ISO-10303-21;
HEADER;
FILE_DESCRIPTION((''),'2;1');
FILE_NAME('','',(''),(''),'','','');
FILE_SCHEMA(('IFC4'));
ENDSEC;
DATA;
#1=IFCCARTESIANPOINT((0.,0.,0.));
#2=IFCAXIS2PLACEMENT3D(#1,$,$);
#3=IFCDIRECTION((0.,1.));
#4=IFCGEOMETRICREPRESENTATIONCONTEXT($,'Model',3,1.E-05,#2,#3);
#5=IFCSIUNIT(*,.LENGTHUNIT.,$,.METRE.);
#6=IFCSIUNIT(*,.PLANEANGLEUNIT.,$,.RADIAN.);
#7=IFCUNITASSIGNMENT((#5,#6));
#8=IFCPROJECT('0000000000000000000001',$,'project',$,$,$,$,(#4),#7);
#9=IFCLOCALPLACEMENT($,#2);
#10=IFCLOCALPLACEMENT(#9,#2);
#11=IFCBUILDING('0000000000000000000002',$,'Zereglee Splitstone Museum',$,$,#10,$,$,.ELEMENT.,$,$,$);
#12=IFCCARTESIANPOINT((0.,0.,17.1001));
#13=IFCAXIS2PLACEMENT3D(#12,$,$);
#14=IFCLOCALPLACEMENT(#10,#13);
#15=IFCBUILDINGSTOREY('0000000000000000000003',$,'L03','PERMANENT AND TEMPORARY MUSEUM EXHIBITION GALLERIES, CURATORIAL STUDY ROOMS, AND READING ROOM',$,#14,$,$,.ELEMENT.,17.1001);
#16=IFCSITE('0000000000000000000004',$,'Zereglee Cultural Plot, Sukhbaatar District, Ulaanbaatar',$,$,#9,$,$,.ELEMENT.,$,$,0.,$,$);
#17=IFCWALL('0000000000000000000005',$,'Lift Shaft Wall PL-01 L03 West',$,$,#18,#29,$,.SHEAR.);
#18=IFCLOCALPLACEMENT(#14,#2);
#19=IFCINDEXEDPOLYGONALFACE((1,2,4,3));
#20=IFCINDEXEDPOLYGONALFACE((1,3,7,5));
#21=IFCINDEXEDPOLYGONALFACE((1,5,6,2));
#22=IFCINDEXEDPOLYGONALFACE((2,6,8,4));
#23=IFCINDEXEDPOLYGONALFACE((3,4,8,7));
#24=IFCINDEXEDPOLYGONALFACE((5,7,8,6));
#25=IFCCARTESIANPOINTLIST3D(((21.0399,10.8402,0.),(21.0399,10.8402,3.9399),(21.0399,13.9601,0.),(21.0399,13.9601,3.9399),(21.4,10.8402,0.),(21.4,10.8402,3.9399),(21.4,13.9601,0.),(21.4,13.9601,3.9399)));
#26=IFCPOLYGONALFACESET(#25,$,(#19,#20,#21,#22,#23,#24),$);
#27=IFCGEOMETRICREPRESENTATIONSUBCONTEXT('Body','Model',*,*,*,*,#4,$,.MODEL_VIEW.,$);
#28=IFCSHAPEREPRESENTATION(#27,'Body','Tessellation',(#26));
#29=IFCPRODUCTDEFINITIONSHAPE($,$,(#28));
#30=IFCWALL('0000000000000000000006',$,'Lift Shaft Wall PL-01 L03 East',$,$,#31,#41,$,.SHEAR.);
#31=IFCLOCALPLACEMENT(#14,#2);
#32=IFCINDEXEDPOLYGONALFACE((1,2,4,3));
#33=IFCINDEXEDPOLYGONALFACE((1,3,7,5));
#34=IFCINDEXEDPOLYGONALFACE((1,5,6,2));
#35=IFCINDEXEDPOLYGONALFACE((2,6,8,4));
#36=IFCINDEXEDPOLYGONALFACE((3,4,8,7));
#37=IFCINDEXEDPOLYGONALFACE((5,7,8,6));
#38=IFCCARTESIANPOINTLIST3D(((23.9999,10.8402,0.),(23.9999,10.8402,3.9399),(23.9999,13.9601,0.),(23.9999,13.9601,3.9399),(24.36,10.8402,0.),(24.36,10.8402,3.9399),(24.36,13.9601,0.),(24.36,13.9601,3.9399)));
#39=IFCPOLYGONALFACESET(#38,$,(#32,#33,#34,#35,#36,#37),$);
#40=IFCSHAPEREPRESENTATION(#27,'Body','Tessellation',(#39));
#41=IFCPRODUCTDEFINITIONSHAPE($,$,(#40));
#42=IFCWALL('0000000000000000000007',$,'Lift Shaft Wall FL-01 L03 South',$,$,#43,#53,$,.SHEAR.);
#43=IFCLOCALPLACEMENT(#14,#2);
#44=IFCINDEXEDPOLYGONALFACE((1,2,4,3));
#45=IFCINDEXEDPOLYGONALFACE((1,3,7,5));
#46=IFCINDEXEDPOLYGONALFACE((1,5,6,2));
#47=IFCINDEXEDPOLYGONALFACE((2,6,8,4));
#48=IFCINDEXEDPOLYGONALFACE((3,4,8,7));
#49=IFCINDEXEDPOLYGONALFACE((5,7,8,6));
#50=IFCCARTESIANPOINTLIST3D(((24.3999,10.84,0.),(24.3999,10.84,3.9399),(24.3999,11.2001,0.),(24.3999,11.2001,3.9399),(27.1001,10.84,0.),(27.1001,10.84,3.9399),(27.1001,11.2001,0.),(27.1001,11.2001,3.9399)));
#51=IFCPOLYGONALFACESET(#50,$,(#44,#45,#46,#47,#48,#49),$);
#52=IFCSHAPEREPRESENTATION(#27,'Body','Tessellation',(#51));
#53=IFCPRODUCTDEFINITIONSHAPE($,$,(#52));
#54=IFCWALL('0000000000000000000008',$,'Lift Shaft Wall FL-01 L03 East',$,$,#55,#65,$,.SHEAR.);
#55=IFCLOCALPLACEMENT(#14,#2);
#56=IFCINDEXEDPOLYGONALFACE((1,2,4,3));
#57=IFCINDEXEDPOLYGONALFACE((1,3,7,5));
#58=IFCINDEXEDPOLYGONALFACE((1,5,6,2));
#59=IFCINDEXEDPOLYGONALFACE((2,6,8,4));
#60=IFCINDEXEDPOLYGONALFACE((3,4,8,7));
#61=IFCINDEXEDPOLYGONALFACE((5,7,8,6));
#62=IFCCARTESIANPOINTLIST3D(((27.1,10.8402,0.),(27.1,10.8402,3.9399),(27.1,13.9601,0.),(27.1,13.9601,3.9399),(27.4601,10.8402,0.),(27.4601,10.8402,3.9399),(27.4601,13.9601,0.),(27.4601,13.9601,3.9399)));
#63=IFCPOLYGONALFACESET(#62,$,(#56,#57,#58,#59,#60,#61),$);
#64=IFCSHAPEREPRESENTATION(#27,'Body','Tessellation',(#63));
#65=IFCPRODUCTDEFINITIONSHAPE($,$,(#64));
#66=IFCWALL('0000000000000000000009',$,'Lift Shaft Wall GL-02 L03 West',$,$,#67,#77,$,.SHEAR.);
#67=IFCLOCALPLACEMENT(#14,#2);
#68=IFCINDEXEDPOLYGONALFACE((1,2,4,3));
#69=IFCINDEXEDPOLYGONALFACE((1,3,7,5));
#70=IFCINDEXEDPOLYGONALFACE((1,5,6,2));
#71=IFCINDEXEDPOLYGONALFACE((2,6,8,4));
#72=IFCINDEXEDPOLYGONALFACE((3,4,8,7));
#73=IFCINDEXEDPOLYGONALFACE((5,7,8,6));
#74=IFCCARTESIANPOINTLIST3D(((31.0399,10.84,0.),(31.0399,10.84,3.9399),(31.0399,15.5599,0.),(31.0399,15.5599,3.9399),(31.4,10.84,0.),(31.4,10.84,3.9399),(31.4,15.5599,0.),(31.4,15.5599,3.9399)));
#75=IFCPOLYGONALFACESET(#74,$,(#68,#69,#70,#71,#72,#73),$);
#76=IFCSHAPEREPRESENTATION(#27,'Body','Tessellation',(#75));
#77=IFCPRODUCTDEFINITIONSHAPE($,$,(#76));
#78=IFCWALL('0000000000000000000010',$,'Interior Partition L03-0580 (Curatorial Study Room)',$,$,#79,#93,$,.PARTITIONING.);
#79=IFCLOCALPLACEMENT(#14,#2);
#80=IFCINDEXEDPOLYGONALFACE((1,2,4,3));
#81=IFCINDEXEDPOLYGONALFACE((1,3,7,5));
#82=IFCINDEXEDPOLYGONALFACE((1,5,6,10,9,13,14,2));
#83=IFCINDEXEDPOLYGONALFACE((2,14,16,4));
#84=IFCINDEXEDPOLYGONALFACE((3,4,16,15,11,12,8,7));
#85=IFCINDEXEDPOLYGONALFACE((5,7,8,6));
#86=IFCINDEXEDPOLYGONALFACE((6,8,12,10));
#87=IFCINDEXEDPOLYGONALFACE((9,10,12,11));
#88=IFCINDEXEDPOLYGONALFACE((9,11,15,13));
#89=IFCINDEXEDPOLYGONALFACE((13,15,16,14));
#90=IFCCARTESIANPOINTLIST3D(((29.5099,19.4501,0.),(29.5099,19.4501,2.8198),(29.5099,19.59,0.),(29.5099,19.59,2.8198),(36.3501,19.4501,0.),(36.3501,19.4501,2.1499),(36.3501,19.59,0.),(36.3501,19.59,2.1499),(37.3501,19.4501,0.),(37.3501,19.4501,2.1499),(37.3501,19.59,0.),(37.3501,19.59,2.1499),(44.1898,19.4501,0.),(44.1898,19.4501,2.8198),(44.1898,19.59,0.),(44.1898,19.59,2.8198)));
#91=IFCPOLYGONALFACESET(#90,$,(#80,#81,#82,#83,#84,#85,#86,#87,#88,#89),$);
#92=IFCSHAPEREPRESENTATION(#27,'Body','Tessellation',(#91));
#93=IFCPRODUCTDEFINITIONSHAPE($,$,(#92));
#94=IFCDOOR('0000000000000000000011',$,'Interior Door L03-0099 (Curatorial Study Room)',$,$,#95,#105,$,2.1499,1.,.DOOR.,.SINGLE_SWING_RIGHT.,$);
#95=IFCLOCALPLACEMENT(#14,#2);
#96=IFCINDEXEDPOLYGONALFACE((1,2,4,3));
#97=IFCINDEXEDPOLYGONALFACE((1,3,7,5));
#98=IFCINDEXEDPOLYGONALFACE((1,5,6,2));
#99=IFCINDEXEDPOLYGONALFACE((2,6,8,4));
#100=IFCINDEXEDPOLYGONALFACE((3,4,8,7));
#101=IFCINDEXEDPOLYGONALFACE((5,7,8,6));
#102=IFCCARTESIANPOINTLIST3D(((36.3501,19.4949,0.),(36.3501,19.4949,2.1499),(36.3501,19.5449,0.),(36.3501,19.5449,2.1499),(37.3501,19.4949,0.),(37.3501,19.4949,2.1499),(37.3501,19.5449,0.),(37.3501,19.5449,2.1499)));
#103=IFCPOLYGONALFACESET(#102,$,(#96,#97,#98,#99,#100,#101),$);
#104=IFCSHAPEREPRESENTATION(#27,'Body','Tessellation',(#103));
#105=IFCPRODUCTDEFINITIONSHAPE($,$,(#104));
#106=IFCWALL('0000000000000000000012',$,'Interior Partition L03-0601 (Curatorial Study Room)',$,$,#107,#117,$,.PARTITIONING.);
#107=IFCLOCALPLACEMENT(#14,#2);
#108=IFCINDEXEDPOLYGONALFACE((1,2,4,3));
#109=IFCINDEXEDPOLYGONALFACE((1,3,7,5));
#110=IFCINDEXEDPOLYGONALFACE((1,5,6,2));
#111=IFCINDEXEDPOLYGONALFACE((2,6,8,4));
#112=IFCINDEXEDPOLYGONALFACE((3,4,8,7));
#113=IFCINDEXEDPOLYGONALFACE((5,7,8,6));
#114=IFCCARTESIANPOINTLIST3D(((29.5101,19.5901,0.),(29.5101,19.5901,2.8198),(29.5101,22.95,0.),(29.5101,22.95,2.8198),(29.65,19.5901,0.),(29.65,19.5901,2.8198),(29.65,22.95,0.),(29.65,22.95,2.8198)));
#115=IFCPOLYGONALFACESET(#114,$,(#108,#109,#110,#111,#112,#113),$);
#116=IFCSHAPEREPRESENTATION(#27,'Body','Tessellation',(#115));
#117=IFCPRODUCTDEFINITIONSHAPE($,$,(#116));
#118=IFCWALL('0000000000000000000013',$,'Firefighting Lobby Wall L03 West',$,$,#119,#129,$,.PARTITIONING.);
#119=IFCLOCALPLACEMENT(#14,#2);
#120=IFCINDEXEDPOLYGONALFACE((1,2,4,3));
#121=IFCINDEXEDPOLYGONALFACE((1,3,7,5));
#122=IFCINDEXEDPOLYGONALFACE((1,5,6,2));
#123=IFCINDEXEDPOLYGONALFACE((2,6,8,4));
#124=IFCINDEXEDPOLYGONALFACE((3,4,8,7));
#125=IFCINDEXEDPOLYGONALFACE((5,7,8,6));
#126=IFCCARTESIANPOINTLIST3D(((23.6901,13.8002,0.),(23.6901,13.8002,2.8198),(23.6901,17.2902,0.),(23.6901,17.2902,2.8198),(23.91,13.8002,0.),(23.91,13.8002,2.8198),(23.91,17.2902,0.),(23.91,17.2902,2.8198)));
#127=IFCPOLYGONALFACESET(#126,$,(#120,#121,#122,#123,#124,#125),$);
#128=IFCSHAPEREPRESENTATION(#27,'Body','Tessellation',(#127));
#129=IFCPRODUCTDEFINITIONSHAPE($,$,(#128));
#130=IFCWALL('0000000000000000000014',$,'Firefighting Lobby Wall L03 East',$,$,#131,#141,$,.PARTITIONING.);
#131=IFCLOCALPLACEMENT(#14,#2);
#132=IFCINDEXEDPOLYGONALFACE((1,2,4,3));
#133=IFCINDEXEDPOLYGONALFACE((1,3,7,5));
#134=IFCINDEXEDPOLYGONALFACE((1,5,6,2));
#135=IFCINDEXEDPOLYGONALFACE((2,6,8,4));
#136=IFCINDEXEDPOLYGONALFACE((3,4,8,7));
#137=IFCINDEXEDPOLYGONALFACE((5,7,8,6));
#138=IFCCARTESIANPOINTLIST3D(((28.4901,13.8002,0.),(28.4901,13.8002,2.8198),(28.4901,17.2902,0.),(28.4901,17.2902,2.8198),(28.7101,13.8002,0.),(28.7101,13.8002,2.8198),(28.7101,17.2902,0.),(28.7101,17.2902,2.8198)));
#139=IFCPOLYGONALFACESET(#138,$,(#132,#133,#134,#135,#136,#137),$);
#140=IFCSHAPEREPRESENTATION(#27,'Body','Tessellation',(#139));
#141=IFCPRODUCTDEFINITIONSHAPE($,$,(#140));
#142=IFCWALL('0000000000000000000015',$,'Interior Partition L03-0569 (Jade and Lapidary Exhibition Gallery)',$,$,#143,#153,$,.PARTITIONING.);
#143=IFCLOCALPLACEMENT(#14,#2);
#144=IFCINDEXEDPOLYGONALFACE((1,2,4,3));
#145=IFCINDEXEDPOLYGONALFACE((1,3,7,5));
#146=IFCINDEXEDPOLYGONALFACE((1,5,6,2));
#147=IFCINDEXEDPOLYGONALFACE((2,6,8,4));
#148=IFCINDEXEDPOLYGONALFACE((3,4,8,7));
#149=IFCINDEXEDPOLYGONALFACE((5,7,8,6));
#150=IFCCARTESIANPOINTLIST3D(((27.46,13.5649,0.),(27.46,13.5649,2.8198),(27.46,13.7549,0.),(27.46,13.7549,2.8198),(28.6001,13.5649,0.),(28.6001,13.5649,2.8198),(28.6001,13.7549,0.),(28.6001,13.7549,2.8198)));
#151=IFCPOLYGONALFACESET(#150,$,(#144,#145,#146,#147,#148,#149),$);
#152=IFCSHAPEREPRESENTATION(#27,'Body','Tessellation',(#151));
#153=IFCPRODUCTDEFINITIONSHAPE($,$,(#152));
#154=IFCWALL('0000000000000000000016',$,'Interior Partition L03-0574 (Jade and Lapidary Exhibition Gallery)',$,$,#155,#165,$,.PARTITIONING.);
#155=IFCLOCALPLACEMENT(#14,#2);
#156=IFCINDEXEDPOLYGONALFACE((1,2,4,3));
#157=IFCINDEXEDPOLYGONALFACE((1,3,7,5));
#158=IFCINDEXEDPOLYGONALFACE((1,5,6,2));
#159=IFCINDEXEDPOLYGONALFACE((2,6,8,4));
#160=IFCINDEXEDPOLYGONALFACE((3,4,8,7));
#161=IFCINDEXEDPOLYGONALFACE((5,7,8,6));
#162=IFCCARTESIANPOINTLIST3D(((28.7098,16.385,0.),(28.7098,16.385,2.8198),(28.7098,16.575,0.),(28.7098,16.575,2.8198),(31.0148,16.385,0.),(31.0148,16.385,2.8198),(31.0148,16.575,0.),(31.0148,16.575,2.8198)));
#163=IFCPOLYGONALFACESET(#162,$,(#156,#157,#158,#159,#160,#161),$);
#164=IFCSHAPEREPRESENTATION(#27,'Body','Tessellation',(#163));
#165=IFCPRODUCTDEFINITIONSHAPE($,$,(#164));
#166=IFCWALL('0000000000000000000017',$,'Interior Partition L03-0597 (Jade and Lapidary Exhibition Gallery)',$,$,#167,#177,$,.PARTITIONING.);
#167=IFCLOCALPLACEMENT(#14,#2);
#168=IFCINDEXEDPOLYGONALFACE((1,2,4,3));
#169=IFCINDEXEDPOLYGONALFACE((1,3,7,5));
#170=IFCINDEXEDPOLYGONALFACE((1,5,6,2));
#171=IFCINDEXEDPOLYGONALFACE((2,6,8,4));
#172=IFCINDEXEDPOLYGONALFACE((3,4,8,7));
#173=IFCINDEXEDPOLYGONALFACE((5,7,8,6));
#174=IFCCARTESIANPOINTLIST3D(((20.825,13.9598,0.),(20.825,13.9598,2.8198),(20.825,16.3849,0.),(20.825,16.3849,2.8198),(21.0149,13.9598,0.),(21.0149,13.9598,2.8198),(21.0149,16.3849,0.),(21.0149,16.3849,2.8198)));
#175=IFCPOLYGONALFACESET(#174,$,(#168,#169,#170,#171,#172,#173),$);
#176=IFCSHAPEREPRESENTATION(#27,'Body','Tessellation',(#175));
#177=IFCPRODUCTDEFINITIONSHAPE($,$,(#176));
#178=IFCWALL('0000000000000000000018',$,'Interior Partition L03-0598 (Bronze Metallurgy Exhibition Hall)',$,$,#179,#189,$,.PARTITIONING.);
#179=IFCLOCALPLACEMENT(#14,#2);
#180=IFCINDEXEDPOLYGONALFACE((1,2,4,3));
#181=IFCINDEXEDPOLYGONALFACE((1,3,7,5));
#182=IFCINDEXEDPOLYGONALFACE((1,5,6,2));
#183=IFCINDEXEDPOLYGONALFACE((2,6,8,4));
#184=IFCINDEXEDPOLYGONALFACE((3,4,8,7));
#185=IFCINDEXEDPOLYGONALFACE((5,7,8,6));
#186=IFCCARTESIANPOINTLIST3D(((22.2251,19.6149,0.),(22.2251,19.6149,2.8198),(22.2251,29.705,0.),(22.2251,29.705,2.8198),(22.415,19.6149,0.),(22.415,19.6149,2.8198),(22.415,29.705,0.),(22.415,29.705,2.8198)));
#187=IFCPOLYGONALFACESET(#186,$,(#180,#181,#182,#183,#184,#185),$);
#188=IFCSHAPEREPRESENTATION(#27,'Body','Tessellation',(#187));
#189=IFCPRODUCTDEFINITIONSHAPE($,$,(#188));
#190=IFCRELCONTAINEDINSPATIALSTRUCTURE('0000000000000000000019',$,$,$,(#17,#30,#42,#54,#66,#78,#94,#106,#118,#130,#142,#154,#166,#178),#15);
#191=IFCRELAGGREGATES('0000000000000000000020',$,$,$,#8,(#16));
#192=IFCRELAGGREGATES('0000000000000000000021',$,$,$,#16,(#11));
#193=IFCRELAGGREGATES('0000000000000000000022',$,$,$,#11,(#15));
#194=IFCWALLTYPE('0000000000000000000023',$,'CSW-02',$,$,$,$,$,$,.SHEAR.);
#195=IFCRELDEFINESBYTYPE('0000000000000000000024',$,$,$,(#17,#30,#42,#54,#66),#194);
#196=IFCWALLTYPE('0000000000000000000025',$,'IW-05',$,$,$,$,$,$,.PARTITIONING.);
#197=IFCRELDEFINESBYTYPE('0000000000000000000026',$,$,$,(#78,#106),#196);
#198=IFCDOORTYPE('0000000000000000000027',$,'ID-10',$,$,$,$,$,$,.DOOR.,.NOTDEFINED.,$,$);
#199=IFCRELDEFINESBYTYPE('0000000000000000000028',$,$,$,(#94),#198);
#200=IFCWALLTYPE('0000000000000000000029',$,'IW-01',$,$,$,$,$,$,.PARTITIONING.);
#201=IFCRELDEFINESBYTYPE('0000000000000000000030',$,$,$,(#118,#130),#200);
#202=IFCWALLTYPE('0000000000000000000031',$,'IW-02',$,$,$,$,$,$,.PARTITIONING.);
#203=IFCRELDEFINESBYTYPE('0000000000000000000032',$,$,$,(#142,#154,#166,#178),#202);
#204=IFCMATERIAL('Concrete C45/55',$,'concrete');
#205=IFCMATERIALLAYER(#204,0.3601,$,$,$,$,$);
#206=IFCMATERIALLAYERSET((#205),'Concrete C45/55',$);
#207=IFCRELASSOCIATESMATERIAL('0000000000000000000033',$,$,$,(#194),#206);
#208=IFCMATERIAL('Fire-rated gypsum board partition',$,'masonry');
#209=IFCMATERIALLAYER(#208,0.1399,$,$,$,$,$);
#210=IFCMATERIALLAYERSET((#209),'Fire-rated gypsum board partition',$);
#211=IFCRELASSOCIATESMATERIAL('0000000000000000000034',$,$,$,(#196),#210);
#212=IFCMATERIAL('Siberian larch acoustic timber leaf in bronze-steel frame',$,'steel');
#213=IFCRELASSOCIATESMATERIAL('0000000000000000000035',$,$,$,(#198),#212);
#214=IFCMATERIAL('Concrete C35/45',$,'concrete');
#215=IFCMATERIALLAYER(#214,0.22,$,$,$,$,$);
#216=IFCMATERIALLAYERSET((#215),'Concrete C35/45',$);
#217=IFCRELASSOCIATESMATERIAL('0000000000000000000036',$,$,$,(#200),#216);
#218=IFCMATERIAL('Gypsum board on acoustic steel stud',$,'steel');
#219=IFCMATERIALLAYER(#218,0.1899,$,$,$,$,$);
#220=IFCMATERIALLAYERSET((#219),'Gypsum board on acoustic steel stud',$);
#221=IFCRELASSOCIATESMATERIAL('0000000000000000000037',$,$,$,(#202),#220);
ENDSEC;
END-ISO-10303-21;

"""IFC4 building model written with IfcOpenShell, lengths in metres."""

from ifc_helpers import new_model, si_unit, direction, frame, frame_2d, origin, place, context, subcontext, project, spatial, rectangle, extrude, material, layer, layer_set, type_object, element, fill, save


model = new_model("IFC4")

# Units and contexts
model_context = context("Model", 3, precision=1e-05, world=origin(), true_north=direction((0.0, 1.0)))
body_context = subcontext(model_context, "Body", "Model", "MODEL_VIEW")
ifc_project = project(units=[si_unit("LENGTHUNIT", "METRE"), si_unit("PLANEANGLEUNIT", "RADIAN")], contexts=[model_context])

# Site, building, storey
site_placement = place(None, origin())
site = spatial("IfcSite", under=ifc_project, at=site_placement, Name="Zereglee Cultural Plot, Sukhbaatar District, Ulaanbaatar", CompositionType="ELEMENT", RefElevation=0.0)
building_placement = place(site_placement, origin())
building = spatial("IfcBuilding", under=site, at=building_placement, Name="Zereglee Splitstone Museum", CompositionType="ELEMENT")
storey_placement = place(building_placement, frame((0.0, 0.0, 17.1001)))
storey = spatial("IfcBuildingStorey", under=building, at=storey_placement, Name="L03", Description="PERMANENT AND TEMPORARY MUSEUM EXHIBITION GALLERIES, CURATORIAL STUDY ROOMS, AND READING ROOM", CompositionType="ELEMENT", Elevation=17.1001)

# Shared definitions
ifc_material_1 = material(Name="Concrete C45/55", Category="concrete")
ifc_layer_1 = layer(ifc_material_1, 0.3601)
ifc_layer_set_1 = layer_set([ifc_layer_1], Name="Concrete C45/55")
wall_type_1 = type_object("IfcWallType", Name="CSW-02", PredefinedType="SHEAR", material=ifc_layer_set_1)

# Walls
for number, where, z_axis, x_axis, name in (
    (1, (21.22, 10.8401, 0.0), (0.0, 0.0, 1.0), (0.0, 1.0, 0.0), "Lift Shaft Wall PL-01 L03 West"),
    (2, (24.1799, 10.8401, 0.0), (0.0, 0.0, 1.0), (0.0, 1.0, 0.0), "Lift Shaft Wall PL-01 L03 East"),
):
    element("IfcWall", number, at=place(storey_placement, frame(where, z_axis=z_axis, x_axis=x_axis)), inside=storey, type_object=wall_type_1, Name=name, PredefinedType="SHEAR", context=body_context, shape_type="SweptSolid", body=[
        extrude(rectangle(XDim=3.1199, YDim=0.3601, at=frame_2d((1.5601, 0.0))), origin(), (0.0, 0.0, 1.0), 3.9399),
    ])

# Walls
wall_1_placement = place(storey_placement, frame((24.3999, 11.02, 0.0), z_axis=(0.0, 0.0, 1.0), x_axis=(1.0, 0.0, 0.0)))
element("IfcWall", 3, at=wall_1_placement, inside=storey, type_object=wall_type_1, Name="Lift Shaft Wall FL-01 L03 South", PredefinedType="SHEAR", context=body_context, shape_type="SweptSolid", body=[
    extrude(rectangle(XDim=2.7002, YDim=0.3601, at=frame_2d((1.3501, 0.0))), origin(), (0.0, 0.0, 1.0), 3.9399),
])
wall_2_placement = place(storey_placement, frame((27.28, 10.8401, 0.0), z_axis=(0.0, 0.0, 1.0), x_axis=(0.0, 1.0, 0.0)))
element("IfcWall", 4, at=wall_2_placement, inside=storey, type_object=wall_type_1, Name="Lift Shaft Wall FL-01 L03 East", PredefinedType="SHEAR", context=body_context, shape_type="SweptSolid", body=[
    extrude(rectangle(XDim=3.1199, YDim=0.3601, at=frame_2d((1.5601, 0.0))), origin(), (0.0, 0.0, 1.0), 3.9399),
])
wall_3_placement = place(storey_placement, frame((31.22, 10.8401, 0.0), z_axis=(0.0, 0.0, 1.0), x_axis=(0.0, 1.0, 0.0)))
element("IfcWall", 5, at=wall_3_placement, inside=storey, type_object=wall_type_1, Name="Lift Shaft Wall GL-02 L03 West", PredefinedType="SHEAR", context=body_context, shape_type="SweptSolid", body=[
    extrude(rectangle(XDim=4.72, YDim=0.3601, at=frame_2d((2.3599, 0.0))), origin(), (0.0, 0.0, 1.0), 3.9399),
])

# Wall, opening, door
ifc_material_2 = material(Name="Fire-rated gypsum board partition", Category="masonry")
ifc_layer_2 = layer(ifc_material_2, 0.1399)
ifc_layer_set_2 = layer_set([ifc_layer_2], Name="Fire-rated gypsum board partition")
wall_type_2 = type_object("IfcWallType", Name="IW-05", PredefinedType="PARTITIONING", material=ifc_layer_set_2)
wall_4_placement = place(storey_placement, frame((29.51, 19.52, 0.0), z_axis=(0.0, 0.0, 1.0), x_axis=(1.0, 0.0, 0.0)))
wall_4 = element("IfcWall", 6, at=wall_4_placement, inside=storey, type_object=wall_type_2, Name="Interior Partition L03-0580 (Curatorial Study Room)", PredefinedType="PARTITIONING", context=body_context, shape_type="SweptSolid", body=[
    extrude(rectangle(XDim=14.6799, YDim=0.1399, at=frame_2d((7.3398, 0.0))), origin(), (0.0, 0.0, 1.0), 2.8198),
])
opening_1_placement = place(wall_4_placement, frame((6.8401, 0.0, 0.0)))
opening_1 = element("IfcOpeningElement", 7, at=opening_1_placement, cuts=wall_4, PredefinedType="OPENING", context=body_context, shape_type="SweptSolid", body=[
    extrude(rectangle(XDim=1.0, YDim=2.1499, at=frame_2d((0.5, 1.075))), frame((0.0, 0.085, 0.0), z_axis=(0.0, -1.0, 0.0), x_axis=(1.0, 0.0, 0.0)), (0.0, 0.0, 1.0), 0.1697),
])
ifc_material_3 = material(Name="Siberian larch acoustic timber leaf in bronze-steel frame", Category="steel")
door_type_1 = type_object("IfcDoorType", Name="ID-10", OperationType="NOTDEFINED", PredefinedType="DOOR", material=ifc_material_3)
door_1_placement = place(opening_1_placement, origin())
door_1 = element("IfcDoor", 8, at=door_1_placement, inside=storey, type_object=door_type_1, Name="Interior Door L03-0099 (Curatorial Study Room)", OperationType="SINGLE_SWING_RIGHT", OverallHeight=2.1499, OverallWidth=1.0, PredefinedType="DOOR", context=body_context, shape_type="SweptSolid", body=[
    extrude(rectangle(XDim=1.0, YDim=2.1499, at=frame_2d((0.5, 1.075))), frame((0.0, 0.0249, 0.0), z_axis=(0.0, -1.0, 0.0), x_axis=(1.0, 0.0, 0.0)), (0.0, 0.0, 1.0), 0.05),
])
fill(opening_1, door_1)

# Wall
wall_5_placement = place(storey_placement, frame((29.5801, 19.5901, 0.0), z_axis=(0.0, 0.0, 1.0), x_axis=(0.0, 1.0, 0.0)))
element("IfcWall", 9, at=wall_5_placement, inside=storey, type_object=wall_type_2, Name="Interior Partition L03-0601 (Curatorial Study Room)", PredefinedType="PARTITIONING", context=body_context, shape_type="SweptSolid", body=[
    extrude(rectangle(XDim=3.3599, YDim=0.1399, at=frame_2d((1.6799, 0.0))), origin(), (0.0, 0.0, 1.0), 2.8198),
])

# Shared definitions
ifc_material_4 = material(Name="Concrete C35/45", Category="concrete")
ifc_layer_3 = layer(ifc_material_4, 0.22)
ifc_layer_set_3 = layer_set([ifc_layer_3], Name="Concrete C35/45")
wall_type_3 = type_object("IfcWallType", Name="IW-01", PredefinedType="PARTITIONING", material=ifc_layer_set_3)

# Walls
for number, where, z_axis, x_axis, name in (
    (10, (23.8, 13.8, 0.0), (0.0, 0.0, 1.0), (0.0, 1.0, 0.0), "Firefighting Lobby Wall L03 West"),
    (11, (28.6001, 13.8, 0.0), (0.0, 0.0, 1.0), (0.0, 1.0, 0.0), "Firefighting Lobby Wall L03 East"),
):
    element("IfcWall", number, at=place(storey_placement, frame(where, z_axis=z_axis, x_axis=x_axis)), inside=storey, type_object=wall_type_3, Name=name, PredefinedType="PARTITIONING", context=body_context, shape_type="SweptSolid", body=[
        extrude(rectangle(XDim=3.49, YDim=0.22, at=frame_2d((1.7451, 0.0))), origin(), (0.0, 0.0, 1.0), 2.8198),
    ])
ifc_material_5 = material(Name="Gypsum board on acoustic steel stud", Category="steel")
ifc_layer_4 = layer(ifc_material_5, 0.1899)
ifc_layer_set_4 = layer_set([ifc_layer_4], Name="Gypsum board on acoustic steel stud")
wall_type_4 = type_object("IfcWallType", Name="IW-02", PredefinedType="PARTITIONING", material=ifc_layer_set_4)
wall_6_placement = place(storey_placement, frame((27.46, 13.6599, 0.0), z_axis=(0.0, 0.0, 1.0), x_axis=(1.0, 0.0, 0.0)))
element("IfcWall", 12, at=wall_6_placement, inside=storey, type_object=wall_type_4, Name="Interior Partition L03-0569 (Jade and Lapidary Exhibition Gallery)", PredefinedType="PARTITIONING", context=body_context, shape_type="SweptSolid", body=[
    extrude(rectangle(XDim=1.1401, YDim=0.1899, at=frame_2d((0.5701, 0.0))), origin(), (0.0, 0.0, 1.0), 2.8198),
])
wall_7_placement = place(storey_placement, frame((28.71, 16.48, 0.0), z_axis=(0.0, 0.0, 1.0), x_axis=(1.0, 0.0, 0.0)))
element("IfcWall", 13, at=wall_7_placement, inside=storey, type_object=wall_type_4, Name="Interior Partition L03-0574 (Jade and Lapidary Exhibition Gallery)", PredefinedType="PARTITIONING", context=body_context, shape_type="SweptSolid", body=[
    extrude(rectangle(XDim=2.3049, YDim=0.1899, at=frame_2d((1.1523, 0.0))), origin(), (0.0, 0.0, 1.0), 2.8198),
])
wall_8_placement = place(storey_placement, frame((20.9199, 13.96, 0.0), z_axis=(0.0, 0.0, 1.0), x_axis=(0.0, 1.0, 0.0)))
element("IfcWall", 14, at=wall_8_placement, inside=storey, type_object=wall_type_4, Name="Interior Partition L03-0597 (Jade and Lapidary Exhibition Gallery)", PredefinedType="PARTITIONING", context=body_context, shape_type="SweptSolid", body=[
    extrude(rectangle(XDim=2.425, YDim=0.1899, at=frame_2d((1.2124, 0.0))), origin(), (0.0, 0.0, 1.0), 2.8198),
])
wall_9_placement = place(storey_placement, frame((22.3201, 19.615, 0.0), z_axis=(0.0, 0.0, 1.0), x_axis=(0.0, 1.0, 0.0)))
element("IfcWall", 15, at=wall_9_placement, inside=storey, type_object=wall_type_4, Name="Interior Partition L03-0598 (Bronze Metallurgy Exhibition Hall)", PredefinedType="PARTITIONING", context=body_context, shape_type="SweptSolid", body=[
    extrude(rectangle(XDim=10.0901, YDim=0.1899, at=frame_2d((5.0449, 0.0))), origin(), (0.0, 0.0, 1.0), 2.8198),
])

save(model, "model.ifc")
